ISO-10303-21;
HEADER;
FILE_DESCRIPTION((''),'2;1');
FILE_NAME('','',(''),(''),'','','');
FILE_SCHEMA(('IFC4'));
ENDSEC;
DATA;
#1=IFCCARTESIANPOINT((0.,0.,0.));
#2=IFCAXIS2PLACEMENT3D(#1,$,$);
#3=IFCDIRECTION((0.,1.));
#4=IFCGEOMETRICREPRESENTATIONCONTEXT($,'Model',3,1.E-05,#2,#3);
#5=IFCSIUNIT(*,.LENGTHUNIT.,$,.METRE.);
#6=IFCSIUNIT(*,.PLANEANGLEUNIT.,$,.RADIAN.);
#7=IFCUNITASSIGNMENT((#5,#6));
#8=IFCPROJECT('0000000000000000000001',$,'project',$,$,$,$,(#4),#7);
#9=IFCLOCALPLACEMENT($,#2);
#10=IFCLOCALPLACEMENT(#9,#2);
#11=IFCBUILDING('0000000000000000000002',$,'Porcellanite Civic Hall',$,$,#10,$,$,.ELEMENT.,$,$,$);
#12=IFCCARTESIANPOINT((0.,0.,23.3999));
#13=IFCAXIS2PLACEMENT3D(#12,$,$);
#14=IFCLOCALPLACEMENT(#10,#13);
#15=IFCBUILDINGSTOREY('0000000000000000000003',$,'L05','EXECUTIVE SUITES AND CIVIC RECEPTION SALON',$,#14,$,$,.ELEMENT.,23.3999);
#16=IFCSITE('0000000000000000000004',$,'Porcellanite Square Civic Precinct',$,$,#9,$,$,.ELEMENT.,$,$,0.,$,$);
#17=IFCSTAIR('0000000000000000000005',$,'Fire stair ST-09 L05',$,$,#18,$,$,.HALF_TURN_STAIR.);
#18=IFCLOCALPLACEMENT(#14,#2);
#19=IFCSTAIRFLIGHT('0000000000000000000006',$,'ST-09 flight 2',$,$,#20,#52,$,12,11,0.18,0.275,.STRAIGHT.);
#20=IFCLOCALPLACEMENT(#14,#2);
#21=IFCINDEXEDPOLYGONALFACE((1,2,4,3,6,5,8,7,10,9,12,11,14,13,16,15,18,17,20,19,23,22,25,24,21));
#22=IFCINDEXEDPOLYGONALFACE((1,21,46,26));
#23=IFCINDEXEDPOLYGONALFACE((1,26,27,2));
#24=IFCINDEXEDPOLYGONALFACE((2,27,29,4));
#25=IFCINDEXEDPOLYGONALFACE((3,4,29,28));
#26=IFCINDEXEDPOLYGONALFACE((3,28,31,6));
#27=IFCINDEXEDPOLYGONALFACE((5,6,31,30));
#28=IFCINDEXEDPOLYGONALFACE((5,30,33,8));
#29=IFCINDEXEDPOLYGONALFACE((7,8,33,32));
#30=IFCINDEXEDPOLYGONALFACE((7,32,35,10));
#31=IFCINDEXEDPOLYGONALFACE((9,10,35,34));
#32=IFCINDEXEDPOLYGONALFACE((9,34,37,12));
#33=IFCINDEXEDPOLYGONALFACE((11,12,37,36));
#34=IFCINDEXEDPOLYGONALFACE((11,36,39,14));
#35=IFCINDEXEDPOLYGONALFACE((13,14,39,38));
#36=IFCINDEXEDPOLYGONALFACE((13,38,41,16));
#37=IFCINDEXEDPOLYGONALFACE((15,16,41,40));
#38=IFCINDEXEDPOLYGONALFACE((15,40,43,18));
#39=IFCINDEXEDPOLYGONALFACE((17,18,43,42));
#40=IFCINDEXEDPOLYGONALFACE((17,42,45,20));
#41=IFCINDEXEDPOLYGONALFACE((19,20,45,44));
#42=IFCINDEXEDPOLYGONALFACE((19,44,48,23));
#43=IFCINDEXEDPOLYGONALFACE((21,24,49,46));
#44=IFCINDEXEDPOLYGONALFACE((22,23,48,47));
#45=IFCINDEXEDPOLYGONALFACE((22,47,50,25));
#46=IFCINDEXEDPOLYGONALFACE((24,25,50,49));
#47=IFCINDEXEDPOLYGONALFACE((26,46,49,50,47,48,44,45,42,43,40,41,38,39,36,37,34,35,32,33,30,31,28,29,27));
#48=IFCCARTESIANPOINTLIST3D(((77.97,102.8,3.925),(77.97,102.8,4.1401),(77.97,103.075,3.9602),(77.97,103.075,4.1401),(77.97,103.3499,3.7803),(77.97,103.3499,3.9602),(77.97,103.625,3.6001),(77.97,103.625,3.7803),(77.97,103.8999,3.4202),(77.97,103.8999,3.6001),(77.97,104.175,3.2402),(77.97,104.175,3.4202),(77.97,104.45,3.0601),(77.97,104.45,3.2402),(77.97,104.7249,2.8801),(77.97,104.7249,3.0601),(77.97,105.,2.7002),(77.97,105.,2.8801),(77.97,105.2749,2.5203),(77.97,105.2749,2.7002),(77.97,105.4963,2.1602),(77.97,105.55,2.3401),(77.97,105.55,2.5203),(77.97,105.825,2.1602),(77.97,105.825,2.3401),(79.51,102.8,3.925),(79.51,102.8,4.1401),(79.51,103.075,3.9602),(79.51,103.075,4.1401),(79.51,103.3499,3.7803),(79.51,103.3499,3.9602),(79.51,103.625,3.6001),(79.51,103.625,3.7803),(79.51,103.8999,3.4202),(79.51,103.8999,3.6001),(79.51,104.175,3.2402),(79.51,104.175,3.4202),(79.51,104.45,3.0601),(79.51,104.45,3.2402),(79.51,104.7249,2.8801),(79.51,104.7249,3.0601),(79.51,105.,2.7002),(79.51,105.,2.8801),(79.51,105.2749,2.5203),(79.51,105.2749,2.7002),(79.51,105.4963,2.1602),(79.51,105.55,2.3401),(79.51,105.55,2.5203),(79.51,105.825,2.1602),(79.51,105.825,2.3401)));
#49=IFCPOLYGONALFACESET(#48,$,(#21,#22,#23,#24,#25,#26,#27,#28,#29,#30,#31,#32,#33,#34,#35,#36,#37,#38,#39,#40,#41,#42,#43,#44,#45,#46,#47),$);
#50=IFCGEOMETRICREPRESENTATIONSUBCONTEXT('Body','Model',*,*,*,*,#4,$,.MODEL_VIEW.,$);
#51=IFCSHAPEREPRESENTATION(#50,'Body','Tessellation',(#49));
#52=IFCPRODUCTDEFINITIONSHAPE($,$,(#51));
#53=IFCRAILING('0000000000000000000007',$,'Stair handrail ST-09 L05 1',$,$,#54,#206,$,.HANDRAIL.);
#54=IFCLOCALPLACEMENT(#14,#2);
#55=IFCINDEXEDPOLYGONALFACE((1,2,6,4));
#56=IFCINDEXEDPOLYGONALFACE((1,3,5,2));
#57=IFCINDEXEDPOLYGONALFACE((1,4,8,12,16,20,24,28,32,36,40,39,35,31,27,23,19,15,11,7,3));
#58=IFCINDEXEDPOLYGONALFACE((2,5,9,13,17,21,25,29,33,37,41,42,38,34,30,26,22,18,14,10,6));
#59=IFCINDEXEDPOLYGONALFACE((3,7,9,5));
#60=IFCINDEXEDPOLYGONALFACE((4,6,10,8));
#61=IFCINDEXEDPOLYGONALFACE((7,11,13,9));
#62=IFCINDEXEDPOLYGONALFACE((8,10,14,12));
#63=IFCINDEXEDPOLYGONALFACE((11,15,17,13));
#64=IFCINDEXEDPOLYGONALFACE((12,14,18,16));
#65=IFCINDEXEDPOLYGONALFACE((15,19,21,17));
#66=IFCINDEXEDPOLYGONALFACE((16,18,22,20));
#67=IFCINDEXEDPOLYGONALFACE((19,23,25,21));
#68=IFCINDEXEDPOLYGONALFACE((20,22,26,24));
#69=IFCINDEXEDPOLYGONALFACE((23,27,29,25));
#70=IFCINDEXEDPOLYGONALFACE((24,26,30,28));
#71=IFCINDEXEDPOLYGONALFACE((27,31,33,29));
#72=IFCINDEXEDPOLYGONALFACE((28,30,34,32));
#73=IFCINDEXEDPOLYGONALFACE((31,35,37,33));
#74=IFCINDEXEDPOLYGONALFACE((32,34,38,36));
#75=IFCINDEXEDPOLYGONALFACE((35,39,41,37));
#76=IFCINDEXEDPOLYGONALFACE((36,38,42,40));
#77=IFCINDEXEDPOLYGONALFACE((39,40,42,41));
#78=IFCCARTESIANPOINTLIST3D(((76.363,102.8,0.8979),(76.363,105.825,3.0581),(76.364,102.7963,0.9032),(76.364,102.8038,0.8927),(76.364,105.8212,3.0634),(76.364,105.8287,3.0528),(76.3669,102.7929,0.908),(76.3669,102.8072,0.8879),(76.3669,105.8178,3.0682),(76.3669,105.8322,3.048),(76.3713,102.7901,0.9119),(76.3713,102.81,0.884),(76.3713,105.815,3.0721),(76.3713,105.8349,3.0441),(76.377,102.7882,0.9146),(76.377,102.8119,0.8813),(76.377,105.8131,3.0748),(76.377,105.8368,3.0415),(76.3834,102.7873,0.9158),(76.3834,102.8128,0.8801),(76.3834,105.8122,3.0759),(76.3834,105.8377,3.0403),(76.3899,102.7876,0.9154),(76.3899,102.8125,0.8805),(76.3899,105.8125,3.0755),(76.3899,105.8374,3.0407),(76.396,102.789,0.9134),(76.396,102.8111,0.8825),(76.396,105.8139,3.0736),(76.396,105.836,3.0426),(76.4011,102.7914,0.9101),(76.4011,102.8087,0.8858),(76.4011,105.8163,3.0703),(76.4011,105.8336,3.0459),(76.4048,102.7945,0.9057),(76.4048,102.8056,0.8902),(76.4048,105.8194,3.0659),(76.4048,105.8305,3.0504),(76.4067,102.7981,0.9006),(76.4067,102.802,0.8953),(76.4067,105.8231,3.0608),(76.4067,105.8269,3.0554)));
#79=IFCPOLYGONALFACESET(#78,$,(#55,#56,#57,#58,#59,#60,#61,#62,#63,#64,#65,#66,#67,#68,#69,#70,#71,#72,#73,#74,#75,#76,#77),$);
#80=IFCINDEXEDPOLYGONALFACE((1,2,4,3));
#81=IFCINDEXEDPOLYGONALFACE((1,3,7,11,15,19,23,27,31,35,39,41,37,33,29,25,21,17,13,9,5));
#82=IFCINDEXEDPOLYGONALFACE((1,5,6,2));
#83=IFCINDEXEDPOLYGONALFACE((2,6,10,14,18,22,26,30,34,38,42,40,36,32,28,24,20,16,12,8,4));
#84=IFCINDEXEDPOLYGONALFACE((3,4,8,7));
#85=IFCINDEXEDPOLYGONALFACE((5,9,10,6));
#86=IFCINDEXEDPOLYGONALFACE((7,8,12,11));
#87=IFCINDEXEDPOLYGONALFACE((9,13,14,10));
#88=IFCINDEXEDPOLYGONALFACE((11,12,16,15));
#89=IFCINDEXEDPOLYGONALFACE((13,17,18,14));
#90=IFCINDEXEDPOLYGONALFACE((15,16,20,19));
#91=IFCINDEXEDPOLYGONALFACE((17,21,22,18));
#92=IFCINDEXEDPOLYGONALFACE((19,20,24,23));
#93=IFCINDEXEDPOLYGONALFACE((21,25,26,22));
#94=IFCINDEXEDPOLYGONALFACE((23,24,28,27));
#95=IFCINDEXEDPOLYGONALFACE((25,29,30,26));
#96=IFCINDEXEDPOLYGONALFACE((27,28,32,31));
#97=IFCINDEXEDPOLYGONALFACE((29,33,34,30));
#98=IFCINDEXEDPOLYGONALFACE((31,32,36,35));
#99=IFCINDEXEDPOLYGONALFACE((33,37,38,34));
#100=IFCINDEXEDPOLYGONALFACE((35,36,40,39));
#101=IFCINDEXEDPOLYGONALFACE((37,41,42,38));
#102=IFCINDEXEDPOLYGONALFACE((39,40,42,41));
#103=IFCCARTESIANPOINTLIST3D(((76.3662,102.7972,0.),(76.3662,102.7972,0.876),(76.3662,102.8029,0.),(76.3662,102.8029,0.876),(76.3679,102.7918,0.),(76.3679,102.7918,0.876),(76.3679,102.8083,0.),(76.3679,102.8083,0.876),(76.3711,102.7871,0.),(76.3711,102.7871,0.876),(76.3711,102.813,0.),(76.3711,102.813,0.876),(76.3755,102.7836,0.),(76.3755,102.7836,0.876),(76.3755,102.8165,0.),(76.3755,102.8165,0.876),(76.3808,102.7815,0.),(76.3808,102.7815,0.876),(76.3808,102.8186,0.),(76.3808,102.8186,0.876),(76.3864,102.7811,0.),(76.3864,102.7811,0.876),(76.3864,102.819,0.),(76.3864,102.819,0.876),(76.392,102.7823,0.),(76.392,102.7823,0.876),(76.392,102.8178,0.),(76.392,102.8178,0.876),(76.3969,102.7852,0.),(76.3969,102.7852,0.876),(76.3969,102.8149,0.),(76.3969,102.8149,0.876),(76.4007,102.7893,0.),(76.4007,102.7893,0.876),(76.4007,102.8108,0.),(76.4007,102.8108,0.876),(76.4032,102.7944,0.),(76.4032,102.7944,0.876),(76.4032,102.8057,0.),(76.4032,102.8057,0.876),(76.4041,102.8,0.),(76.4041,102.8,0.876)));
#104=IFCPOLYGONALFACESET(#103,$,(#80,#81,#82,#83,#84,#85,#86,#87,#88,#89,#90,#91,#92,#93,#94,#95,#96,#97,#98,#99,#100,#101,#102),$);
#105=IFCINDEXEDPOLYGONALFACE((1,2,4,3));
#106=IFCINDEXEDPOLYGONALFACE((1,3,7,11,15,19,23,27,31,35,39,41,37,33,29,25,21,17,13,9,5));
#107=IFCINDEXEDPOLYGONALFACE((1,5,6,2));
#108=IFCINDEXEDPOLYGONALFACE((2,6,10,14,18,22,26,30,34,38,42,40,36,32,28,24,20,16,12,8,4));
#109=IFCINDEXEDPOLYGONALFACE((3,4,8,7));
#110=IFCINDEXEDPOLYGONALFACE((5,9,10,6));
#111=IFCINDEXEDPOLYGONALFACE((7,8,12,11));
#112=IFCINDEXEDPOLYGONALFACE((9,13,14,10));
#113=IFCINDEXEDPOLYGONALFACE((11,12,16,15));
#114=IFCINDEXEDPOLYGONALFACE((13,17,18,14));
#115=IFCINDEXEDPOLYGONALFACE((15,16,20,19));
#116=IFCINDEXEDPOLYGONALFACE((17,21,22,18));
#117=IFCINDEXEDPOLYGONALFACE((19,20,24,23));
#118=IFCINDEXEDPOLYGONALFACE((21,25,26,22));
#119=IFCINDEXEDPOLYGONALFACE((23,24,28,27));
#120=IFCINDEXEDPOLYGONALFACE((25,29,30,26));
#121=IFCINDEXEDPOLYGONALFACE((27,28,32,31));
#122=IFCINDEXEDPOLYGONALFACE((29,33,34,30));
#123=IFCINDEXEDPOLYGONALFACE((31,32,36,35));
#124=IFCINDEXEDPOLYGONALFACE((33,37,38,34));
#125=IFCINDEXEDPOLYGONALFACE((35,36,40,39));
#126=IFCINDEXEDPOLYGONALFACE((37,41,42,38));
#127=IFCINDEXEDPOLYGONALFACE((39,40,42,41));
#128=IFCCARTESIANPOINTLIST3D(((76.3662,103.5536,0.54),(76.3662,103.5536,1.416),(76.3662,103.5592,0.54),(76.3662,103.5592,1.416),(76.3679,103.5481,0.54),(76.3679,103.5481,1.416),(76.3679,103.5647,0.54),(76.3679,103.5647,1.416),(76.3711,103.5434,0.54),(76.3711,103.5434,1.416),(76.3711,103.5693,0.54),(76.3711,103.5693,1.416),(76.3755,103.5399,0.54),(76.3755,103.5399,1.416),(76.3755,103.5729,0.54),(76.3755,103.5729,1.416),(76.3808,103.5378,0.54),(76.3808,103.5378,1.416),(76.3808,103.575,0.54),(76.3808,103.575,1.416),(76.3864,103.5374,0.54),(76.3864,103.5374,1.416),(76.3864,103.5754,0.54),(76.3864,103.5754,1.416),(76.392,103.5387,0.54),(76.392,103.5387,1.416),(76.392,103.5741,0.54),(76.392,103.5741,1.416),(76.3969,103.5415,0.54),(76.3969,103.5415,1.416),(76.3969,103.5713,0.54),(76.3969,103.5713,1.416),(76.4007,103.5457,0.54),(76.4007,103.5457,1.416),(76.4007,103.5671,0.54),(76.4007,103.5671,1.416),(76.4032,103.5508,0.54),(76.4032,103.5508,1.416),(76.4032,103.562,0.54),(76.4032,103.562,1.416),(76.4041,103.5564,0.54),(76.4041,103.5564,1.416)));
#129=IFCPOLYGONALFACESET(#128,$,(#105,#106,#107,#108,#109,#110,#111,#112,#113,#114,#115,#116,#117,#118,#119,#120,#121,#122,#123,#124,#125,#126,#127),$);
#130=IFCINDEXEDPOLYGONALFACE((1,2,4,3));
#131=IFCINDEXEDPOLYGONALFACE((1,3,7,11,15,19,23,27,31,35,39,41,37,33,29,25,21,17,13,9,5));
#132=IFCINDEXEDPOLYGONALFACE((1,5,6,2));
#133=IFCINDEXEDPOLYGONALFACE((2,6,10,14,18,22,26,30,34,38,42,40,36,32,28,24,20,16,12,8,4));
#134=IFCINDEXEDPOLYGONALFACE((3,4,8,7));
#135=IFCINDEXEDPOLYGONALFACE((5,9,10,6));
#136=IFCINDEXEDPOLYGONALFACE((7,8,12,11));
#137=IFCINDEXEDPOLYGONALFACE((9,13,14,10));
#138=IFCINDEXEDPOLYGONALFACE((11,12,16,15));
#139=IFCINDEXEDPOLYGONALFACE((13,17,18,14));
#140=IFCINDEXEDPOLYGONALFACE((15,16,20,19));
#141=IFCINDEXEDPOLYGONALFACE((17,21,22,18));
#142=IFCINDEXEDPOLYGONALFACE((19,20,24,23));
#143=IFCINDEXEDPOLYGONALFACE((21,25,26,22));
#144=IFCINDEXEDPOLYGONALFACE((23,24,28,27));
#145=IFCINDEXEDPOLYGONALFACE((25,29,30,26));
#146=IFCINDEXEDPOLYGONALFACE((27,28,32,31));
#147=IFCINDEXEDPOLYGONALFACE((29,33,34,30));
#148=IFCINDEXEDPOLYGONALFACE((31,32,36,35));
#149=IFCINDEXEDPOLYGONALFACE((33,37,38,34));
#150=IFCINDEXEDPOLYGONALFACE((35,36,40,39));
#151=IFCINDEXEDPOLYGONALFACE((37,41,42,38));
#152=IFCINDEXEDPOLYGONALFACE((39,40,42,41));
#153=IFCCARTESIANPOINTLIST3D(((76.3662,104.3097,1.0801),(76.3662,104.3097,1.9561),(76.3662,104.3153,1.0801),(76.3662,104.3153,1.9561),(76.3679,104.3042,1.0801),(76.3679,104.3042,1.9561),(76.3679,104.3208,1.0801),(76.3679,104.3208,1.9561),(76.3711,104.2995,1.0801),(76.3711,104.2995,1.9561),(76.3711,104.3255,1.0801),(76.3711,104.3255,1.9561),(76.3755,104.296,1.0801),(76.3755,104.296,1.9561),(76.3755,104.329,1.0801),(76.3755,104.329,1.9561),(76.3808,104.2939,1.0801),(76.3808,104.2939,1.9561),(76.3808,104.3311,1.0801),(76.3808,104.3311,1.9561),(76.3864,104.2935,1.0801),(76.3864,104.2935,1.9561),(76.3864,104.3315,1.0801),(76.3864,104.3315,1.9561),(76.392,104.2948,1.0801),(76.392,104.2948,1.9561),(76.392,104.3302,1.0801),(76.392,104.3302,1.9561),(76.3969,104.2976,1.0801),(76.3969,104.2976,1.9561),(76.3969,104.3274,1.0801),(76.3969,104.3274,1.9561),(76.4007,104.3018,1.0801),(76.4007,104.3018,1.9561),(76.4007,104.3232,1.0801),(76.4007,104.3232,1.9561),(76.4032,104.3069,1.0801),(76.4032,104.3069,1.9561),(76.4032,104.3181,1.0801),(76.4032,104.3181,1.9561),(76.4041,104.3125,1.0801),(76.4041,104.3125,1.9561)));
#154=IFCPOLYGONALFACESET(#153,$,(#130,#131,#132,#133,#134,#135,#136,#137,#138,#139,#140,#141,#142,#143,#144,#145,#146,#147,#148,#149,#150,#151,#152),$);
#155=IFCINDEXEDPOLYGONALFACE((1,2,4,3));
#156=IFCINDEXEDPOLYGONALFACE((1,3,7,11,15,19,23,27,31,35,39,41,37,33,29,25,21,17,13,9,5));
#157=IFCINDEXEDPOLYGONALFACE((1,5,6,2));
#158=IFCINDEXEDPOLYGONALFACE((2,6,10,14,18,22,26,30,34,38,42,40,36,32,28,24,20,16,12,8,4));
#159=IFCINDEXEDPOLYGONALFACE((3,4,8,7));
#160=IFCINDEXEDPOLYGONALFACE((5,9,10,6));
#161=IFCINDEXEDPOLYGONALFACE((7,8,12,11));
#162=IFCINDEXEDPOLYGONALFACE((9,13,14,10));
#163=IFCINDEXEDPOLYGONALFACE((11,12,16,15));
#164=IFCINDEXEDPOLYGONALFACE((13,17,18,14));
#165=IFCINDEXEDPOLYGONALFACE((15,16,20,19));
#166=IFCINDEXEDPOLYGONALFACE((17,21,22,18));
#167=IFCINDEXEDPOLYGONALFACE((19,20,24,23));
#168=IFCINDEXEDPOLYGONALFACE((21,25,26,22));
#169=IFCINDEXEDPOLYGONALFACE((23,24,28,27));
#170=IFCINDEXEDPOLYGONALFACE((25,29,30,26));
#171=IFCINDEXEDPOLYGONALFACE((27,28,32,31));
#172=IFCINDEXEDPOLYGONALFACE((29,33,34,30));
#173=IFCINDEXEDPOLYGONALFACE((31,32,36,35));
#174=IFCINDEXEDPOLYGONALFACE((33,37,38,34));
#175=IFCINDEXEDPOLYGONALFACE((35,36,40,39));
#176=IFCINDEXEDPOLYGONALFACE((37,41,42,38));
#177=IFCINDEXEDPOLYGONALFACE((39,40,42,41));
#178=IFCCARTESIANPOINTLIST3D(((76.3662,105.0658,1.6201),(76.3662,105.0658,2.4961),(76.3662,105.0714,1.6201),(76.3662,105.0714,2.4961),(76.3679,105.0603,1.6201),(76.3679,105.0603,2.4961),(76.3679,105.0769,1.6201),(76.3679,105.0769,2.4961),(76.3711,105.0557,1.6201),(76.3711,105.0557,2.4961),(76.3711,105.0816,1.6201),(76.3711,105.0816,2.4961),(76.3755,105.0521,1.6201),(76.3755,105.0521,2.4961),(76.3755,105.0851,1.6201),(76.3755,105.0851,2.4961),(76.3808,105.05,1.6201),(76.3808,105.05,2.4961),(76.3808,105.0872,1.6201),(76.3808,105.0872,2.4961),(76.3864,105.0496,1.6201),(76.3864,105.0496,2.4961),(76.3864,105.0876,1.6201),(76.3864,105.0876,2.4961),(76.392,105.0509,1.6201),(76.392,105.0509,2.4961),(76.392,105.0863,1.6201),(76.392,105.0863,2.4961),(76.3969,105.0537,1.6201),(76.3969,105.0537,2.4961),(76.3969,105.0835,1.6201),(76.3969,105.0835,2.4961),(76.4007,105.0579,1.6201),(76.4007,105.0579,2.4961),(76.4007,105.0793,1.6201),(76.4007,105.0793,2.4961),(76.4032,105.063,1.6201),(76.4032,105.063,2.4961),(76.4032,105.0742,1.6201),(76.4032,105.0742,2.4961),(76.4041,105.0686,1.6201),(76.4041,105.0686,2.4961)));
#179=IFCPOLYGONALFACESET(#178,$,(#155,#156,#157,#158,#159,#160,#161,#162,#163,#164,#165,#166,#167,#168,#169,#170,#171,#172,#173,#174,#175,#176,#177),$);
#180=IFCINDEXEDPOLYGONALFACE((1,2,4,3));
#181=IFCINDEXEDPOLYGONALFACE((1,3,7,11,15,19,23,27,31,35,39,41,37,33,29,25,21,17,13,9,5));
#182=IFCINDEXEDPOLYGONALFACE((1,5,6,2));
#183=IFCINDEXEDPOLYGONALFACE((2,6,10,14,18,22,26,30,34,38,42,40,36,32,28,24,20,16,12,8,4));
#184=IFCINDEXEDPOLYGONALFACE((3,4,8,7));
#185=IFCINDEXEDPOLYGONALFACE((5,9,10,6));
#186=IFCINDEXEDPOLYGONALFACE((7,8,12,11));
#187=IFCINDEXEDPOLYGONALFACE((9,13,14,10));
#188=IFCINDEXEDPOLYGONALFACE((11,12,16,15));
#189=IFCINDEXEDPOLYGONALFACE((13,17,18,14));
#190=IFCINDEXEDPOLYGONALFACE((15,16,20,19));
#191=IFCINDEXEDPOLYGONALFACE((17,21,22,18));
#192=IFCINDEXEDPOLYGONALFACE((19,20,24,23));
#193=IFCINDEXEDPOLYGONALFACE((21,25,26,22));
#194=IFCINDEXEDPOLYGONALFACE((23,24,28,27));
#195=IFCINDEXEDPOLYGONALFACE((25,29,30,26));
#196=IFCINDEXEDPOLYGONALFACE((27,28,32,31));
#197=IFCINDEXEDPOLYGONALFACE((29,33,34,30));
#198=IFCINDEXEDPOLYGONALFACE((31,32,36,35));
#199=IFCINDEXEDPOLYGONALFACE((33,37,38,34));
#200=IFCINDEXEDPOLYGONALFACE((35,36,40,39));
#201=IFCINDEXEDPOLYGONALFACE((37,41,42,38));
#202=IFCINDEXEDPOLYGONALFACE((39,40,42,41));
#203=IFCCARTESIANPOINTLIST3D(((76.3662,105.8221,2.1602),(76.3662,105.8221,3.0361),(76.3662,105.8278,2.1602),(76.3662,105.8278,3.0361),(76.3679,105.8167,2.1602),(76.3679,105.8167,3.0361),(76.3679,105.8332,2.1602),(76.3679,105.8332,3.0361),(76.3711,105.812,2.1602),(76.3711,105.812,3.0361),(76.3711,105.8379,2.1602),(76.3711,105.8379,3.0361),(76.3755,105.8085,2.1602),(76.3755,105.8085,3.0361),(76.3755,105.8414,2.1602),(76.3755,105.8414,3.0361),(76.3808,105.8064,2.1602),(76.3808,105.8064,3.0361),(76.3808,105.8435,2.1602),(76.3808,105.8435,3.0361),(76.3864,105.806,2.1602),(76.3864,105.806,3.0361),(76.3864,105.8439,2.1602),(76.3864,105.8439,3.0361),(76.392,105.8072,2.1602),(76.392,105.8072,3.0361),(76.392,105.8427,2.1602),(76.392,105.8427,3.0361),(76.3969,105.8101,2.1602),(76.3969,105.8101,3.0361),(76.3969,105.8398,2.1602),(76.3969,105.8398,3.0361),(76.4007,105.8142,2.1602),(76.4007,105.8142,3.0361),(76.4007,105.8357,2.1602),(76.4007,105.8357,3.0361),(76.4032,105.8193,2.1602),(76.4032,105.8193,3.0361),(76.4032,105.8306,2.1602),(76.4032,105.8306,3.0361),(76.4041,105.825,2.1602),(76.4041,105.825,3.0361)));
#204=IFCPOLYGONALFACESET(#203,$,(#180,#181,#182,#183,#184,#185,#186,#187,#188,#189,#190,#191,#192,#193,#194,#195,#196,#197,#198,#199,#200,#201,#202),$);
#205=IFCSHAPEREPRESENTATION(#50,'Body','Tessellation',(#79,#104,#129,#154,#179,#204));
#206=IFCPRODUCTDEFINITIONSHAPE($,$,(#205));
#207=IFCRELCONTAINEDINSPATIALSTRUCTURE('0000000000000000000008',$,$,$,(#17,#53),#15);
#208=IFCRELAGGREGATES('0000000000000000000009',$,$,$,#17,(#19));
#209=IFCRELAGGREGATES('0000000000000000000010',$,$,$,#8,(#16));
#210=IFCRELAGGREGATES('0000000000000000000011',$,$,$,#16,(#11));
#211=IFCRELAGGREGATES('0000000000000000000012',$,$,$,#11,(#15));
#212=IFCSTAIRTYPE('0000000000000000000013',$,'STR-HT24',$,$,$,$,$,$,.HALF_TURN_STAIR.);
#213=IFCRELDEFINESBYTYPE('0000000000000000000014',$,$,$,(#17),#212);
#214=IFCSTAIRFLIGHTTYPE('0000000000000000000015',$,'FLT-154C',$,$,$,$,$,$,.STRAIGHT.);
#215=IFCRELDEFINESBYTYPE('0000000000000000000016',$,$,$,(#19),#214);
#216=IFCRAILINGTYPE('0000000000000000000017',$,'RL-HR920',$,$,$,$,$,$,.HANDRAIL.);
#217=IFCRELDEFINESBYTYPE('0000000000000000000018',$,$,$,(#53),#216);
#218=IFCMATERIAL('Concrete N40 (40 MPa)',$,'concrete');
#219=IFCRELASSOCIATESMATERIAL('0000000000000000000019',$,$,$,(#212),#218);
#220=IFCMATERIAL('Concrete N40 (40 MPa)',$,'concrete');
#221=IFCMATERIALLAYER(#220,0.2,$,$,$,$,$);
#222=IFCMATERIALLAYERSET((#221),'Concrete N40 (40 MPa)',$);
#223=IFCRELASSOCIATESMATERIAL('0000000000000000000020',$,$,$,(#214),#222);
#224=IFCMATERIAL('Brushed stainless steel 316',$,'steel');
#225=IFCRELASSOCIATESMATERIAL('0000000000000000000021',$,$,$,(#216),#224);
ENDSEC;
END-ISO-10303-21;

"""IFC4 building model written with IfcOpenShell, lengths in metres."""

from ifc_helpers import new_model, si_unit, direction, frame, origin, origin_2d, place, context, subcontext, project, spatial, polyline, circle, outline, extrude, material, layer, layer_set, type_object, element, aggregate, save


model = new_model("IFC4")

# Units and contexts
model_context = context("Model", 3, precision=1e-05, world=origin(), true_north=direction((0.0, 1.0)))
body_context = subcontext(model_context, "Body", "Model", "MODEL_VIEW")
ifc_project = project(units=[si_unit("LENGTHUNIT", "METRE"), si_unit("PLANEANGLEUNIT", "RADIAN")], contexts=[model_context])

# Site, building, storey
site_placement = place(None, origin())
site = spatial("IfcSite", under=ifc_project, at=site_placement, Name="Porcellanite Square Civic Precinct", CompositionType="ELEMENT", RefElevation=0.0)
building_placement = place(site_placement, origin())
building = spatial("IfcBuilding", under=site, at=building_placement, Name="Porcellanite Civic Hall", CompositionType="ELEMENT")
storey_placement = place(building_placement, frame((0.0, 0.0, 23.3999)))
storey = spatial("IfcBuildingStorey", under=building, at=storey_placement, Name="L05", Description="EXECUTIVE SUITES AND CIVIC RECEPTION SALON", CompositionType="ELEMENT", Elevation=23.3999)

# Stair, stair flight
ifc_material_1 = material(Name="Concrete N40 (40 MPa)", Category="concrete")
stair_type = type_object("IfcStairType", Name="STR-HT24", PredefinedType="HALF_TURN_STAIR", material=ifc_material_1)
stair_placement = place(storey_placement, origin())
stair = element("IfcStair", 1, at=stair_placement, inside=storey, type_object=stair_type, Name="Fire stair ST-09 L05", PredefinedType="HALF_TURN_STAIR")
ifc_material_2 = material(Name="Concrete N40 (40 MPa)", Category="concrete")
ifc_layer_1 = layer(ifc_material_2, 0.2)
ifc_layer_set_1 = layer_set([ifc_layer_1], Name="Concrete N40 (40 MPa)")
stair_flight_type = type_object("IfcStairFlightType", Name="FLT-154C", PredefinedType="STRAIGHT", material=ifc_layer_set_1)
stair_flight_1_placement = place(storey_placement, frame((78.74, 105.825, 2.1602), z_axis=(0.0, 0.0, 1.0), x_axis=(0.0, -1.0, 0.0)))
stair_flight_1 = element("IfcStairFlight", 2, at=stair_flight_1_placement, type_object=stair_flight_type, Name="ST-09 flight 2", NumberOfRisers=12, NumberOfTreads=11, PredefinedType="STRAIGHT", RiserHeight=0.18, TreadLength=0.275, context=body_context, shape_type="SweptSolid", body=[
    extrude(outline(polyline([(0.0, 0.0), (0.0, 0.1799), (0.2749, 0.1799), (0.2749, 0.3601), (0.55, 0.3601), (0.55, 0.54), (0.825, 0.54), (0.825, 0.72), (1.1001, 0.72), (1.1001, 0.8999), (1.375, 0.8999), (1.375, 1.0801), (1.6499, 1.0801), (1.6499, 1.26), (1.925, 1.26), (1.925, 1.4399), (2.2, 1.4399), (2.2, 1.6201), (2.4751, 1.6201), (2.4751, 1.8), (2.75, 1.8), (2.75, 1.98), (3.0249, 1.98), (3.0249, 2.1599), (3.0249, 1.7649), (0.3286, 0.0), (0.0, 0.0)])), frame((0.0, 0.77, 0.0), z_axis=(0.0, -1.0, 0.0), x_axis=(1.0, 0.0, 0.0)), (0.0, 0.0, 1.0), 1.54),
])
aggregate(stair, [stair_flight_1])

# Railing
ifc_material_3 = material(Name="Brushed stainless steel 316", Category="steel")
railing_type_1 = type_object("IfcRailingType", Name="RL-HR920", PredefinedType="HANDRAIL", material=ifc_material_3)
railing_1_placement = place(storey_placement, frame((76.385, 102.8, 0.0)))
element("IfcRailing", 3, at=railing_1_placement, inside=storey, type_object=railing_type_1, Name="Stair handrail ST-09 L05 1", PredefinedType="HANDRAIL", context=body_context, shape_type="SweptSolid", body=[
    extrude(circle(Radius=0.022, at=origin_2d()), frame((0.0, 0.0, 0.8979), z_axis=(0.0, 0.813796, 0.581151), x_axis=(-1.0, 0.0, 0.0)), (0.0, 0.0, 1.0), 3.717),
    extrude(circle(Radius=0.019, at=origin_2d()), origin(), (0.0, 0.0, 1.0), 0.876),
    extrude(circle(Radius=0.019, at=origin_2d()), frame((0.0, 0.7563, 0.54)), (0.0, 0.0, 1.0), 0.876),
    extrude(circle(Radius=0.019, at=origin_2d()), frame((0.0, 1.5125, 1.0801)), (0.0, 0.0, 1.0), 0.876),
    extrude(circle(Radius=0.019, at=origin_2d()), frame((0.0, 2.2686, 1.6201)), (0.0, 0.0, 1.0), 0.876),
    extrude(circle(Radius=0.019, at=origin_2d()), frame((0.0, 3.0249, 2.1602)), (0.0, 0.0, 1.0), 0.876),
])

save(model, "model.ifc")
